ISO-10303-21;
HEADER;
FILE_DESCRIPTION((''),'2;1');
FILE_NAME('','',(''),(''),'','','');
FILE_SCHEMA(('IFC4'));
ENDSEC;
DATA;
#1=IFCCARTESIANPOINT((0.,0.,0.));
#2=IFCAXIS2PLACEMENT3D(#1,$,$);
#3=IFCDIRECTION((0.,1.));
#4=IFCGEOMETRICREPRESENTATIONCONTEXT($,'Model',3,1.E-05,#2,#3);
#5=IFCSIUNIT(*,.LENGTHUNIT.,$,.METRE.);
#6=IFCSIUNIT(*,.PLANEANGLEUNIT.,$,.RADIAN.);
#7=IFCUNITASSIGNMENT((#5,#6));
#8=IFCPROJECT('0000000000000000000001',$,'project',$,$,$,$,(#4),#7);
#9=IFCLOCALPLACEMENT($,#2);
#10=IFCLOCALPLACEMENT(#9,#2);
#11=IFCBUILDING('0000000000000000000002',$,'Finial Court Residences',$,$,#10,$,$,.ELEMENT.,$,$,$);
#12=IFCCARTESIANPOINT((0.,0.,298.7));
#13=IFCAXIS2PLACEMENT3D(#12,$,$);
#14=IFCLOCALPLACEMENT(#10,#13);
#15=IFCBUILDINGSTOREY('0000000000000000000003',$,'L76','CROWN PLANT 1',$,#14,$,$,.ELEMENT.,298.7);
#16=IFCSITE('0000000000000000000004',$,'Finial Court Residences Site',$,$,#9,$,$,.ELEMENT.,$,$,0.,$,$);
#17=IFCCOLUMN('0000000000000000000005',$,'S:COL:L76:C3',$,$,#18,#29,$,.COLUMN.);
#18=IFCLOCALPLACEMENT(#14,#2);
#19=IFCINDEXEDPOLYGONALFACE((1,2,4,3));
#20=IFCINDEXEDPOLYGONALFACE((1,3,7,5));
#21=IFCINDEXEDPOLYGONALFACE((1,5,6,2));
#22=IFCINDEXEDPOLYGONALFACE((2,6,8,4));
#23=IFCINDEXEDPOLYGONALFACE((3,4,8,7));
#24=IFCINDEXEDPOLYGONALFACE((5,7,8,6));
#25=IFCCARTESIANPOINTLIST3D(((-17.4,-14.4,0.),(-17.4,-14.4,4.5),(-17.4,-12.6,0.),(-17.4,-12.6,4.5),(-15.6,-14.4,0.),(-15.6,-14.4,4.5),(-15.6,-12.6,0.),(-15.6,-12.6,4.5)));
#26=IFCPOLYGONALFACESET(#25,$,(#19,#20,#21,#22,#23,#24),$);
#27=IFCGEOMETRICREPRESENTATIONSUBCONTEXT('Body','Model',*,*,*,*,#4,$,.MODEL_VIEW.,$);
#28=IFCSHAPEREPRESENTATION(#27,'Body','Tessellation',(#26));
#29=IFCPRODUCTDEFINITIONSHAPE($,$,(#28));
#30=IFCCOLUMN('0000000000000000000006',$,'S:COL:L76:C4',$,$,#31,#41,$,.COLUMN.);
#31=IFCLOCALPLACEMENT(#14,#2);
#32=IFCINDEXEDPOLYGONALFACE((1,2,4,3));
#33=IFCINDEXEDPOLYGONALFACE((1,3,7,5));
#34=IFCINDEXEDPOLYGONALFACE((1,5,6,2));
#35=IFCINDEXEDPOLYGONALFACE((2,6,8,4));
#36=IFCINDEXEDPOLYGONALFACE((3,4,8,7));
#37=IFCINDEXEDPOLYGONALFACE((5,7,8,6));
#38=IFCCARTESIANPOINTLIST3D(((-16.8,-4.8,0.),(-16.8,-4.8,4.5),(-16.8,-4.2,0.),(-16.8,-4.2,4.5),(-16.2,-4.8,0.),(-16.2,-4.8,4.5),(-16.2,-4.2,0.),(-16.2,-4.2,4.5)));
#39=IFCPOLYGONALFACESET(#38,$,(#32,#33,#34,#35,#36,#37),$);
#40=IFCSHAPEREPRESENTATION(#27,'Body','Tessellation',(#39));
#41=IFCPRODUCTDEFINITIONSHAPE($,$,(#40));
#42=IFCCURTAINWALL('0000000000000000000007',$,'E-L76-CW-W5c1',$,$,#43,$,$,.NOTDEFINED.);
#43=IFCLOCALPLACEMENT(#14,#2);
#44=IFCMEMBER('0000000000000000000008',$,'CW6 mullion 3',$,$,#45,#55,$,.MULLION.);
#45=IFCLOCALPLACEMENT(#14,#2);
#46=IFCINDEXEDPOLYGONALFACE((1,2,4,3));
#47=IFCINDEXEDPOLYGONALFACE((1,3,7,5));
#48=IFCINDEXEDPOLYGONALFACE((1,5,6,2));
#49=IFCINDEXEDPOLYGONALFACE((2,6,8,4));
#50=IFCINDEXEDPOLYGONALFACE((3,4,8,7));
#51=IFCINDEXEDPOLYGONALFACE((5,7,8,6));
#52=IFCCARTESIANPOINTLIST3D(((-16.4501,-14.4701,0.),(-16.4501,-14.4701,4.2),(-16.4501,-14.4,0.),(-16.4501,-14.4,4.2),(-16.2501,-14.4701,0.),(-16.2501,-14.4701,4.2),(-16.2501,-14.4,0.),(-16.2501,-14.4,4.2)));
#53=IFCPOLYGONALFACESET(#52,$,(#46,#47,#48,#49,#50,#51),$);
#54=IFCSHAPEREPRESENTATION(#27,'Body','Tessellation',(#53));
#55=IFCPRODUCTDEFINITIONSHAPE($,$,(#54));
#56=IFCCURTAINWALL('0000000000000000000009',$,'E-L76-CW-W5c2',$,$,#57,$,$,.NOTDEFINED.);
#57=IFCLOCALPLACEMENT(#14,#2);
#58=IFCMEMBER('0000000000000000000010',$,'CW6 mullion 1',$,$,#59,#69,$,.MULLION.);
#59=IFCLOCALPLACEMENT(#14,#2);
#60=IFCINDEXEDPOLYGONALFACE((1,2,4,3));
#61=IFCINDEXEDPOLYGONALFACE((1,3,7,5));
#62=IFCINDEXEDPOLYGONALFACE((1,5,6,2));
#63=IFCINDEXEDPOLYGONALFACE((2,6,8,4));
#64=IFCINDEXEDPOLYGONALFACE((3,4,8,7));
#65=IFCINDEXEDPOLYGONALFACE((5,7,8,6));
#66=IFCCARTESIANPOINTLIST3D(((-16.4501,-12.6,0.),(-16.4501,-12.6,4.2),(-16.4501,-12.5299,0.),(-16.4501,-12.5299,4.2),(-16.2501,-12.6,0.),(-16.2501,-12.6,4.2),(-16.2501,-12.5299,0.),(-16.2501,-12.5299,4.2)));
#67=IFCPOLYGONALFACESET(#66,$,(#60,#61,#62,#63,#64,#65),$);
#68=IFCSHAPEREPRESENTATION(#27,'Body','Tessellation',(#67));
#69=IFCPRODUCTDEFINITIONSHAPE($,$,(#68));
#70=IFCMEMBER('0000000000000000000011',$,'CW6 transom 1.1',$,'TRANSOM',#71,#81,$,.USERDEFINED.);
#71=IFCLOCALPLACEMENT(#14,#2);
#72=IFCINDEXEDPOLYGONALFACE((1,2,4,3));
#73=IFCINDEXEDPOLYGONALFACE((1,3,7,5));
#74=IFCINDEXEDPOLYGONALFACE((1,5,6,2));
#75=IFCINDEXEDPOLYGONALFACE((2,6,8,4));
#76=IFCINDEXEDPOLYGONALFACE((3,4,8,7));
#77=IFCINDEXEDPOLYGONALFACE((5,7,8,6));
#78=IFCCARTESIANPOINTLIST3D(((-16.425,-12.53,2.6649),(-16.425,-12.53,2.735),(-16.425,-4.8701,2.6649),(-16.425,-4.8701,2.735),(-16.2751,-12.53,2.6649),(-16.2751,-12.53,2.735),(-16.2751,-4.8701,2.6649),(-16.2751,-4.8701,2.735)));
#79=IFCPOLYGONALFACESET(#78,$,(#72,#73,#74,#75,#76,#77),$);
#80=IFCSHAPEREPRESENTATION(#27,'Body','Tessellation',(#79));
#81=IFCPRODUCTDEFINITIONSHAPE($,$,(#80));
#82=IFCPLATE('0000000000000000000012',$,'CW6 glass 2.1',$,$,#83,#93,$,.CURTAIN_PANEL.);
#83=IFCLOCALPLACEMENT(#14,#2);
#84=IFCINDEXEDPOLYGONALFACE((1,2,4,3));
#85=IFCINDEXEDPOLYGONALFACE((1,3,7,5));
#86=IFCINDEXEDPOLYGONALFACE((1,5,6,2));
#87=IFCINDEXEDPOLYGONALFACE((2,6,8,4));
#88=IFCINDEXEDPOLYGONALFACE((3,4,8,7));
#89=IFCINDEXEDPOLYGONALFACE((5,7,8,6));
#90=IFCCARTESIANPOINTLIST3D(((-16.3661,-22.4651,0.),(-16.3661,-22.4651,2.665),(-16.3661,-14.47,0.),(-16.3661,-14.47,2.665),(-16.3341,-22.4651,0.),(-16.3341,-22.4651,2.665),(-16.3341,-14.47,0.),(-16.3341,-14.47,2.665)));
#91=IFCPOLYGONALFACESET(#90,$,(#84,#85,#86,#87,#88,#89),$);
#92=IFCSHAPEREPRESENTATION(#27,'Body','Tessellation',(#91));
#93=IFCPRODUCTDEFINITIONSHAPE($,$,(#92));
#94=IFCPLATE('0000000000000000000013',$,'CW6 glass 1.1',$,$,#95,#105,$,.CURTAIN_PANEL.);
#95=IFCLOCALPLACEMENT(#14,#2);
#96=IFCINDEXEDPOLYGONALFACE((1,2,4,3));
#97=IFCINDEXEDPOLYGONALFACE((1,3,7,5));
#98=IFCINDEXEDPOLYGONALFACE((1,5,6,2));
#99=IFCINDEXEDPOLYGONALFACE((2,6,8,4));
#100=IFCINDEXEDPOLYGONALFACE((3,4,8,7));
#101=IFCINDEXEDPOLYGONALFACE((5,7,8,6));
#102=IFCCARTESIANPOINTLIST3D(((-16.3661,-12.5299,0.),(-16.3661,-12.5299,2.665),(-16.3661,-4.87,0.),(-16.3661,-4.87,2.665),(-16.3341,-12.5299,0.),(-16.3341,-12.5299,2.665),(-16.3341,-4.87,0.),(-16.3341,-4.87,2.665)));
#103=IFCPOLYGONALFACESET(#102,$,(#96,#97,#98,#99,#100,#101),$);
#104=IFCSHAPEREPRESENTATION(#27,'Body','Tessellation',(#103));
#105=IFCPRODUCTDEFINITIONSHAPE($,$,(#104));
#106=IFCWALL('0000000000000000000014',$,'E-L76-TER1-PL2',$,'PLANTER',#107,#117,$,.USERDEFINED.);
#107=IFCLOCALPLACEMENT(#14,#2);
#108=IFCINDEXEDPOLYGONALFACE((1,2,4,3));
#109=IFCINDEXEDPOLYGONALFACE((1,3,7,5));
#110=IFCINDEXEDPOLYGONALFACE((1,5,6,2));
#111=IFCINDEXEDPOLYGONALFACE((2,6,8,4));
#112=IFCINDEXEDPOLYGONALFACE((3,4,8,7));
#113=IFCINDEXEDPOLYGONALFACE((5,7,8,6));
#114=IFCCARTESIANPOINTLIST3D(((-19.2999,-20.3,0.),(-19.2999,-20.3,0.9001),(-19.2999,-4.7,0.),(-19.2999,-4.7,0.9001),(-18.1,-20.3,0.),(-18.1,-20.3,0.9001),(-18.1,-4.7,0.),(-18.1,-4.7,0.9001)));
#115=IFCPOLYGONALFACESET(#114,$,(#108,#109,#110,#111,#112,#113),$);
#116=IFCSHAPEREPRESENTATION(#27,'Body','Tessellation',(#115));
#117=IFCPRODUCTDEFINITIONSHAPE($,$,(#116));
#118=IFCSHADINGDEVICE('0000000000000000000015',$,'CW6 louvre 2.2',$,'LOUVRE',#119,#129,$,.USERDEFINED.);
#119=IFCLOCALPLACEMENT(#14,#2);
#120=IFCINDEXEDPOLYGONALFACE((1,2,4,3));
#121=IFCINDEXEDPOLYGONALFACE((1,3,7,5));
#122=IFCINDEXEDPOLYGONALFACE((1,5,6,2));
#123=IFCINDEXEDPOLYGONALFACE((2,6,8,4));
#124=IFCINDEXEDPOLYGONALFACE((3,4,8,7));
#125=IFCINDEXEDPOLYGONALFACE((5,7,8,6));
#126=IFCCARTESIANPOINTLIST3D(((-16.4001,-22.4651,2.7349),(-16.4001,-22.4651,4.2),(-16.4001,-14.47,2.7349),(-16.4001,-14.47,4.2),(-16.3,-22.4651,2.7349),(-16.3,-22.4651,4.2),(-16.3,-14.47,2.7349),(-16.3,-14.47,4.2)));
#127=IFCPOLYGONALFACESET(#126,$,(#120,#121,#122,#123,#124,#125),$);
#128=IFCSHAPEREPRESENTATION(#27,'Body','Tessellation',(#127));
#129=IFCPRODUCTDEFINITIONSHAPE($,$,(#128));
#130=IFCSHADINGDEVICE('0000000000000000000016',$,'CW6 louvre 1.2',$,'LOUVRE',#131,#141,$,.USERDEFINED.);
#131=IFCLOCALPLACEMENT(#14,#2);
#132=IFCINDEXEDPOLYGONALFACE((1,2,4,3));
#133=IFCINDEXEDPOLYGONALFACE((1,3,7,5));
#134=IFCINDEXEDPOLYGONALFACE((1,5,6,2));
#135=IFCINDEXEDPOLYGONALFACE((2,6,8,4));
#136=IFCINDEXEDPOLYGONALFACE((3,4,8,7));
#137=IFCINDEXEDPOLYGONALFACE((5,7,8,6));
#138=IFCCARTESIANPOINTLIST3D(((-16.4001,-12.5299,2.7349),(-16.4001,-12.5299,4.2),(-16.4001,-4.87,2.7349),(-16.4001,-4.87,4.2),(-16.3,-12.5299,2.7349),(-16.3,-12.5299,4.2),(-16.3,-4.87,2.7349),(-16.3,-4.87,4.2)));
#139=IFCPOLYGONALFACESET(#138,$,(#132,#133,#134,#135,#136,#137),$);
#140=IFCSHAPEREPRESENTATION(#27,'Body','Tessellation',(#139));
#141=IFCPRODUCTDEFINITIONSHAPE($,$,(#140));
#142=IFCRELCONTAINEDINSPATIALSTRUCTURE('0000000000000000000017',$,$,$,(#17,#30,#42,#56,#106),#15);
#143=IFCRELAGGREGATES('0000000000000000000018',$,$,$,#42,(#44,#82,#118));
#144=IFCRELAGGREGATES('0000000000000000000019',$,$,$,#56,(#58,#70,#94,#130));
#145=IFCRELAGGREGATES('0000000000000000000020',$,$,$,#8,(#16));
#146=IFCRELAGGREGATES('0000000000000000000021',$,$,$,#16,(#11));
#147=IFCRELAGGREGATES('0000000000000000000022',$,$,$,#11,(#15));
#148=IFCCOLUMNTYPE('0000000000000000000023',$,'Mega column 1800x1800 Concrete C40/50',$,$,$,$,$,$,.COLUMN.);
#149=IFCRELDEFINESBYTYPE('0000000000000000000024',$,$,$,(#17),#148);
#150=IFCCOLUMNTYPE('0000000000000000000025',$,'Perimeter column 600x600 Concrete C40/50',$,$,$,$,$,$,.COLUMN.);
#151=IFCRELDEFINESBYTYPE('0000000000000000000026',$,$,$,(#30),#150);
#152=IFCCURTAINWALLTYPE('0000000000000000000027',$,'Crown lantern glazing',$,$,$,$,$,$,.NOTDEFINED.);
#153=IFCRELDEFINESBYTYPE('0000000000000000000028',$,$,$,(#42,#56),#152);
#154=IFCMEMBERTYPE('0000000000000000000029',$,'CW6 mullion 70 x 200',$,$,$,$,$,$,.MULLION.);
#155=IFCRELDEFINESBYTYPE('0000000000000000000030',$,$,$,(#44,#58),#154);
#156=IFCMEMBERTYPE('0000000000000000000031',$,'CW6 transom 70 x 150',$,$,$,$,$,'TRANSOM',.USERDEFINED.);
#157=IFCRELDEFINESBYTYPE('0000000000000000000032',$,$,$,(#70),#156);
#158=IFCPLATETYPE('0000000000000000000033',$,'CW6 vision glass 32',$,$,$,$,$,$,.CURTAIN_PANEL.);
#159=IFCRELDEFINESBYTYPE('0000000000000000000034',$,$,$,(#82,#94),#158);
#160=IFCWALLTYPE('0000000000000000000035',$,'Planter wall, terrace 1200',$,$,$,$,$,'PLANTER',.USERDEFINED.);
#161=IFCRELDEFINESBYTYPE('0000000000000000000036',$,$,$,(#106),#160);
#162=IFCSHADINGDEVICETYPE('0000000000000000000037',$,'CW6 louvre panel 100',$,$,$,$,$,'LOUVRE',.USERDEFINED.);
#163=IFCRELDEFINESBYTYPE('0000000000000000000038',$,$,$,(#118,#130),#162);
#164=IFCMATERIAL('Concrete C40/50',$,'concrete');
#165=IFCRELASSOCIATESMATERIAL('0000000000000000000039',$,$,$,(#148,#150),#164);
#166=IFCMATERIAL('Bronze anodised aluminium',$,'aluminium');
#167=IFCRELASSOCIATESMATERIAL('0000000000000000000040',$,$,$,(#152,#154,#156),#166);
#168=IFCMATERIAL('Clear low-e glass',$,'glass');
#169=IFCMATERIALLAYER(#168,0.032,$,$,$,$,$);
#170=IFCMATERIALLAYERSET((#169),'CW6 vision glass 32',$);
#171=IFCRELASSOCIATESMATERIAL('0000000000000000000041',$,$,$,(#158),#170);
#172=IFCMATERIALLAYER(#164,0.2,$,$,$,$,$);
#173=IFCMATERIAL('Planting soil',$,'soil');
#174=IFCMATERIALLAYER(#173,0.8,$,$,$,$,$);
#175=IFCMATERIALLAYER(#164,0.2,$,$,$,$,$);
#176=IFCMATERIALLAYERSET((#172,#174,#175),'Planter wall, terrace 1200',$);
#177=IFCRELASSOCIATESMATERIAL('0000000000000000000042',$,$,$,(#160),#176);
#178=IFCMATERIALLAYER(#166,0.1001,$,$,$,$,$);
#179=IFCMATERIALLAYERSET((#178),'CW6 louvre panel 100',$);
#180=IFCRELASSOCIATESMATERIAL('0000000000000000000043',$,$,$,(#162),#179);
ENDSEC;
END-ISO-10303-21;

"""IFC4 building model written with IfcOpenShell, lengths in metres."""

from ifc_helpers import new_model, si_unit, direction, frame, frame_2d, origin, origin_2d, place, context, subcontext, project, spatial, rectangle, extrude, material, layer, layer_set, material_profile, profile_set, type_object, element, aggregate, save


model = new_model("IFC4")

# Units and contexts
model_context = context("Model", 3, precision=1e-05, world=origin(), true_north=direction((0.0, 1.0)))
body_context = subcontext(model_context, "Body", "Model", "MODEL_VIEW")
ifc_project = project(units=[si_unit("LENGTHUNIT", "METRE"), si_unit("PLANEANGLEUNIT", "RADIAN")], contexts=[model_context])

# Site, building, storey
site_placement = place(None, origin())
site = spatial("IfcSite", under=ifc_project, at=site_placement, Name="Finial Court Residences Site", CompositionType="ELEMENT", RefElevation=0.0)
building_placement = place(site_placement, origin())
building = spatial("IfcBuilding", under=site, at=building_placement, Name="Finial Court Residences", CompositionType="ELEMENT")
storey_placement = place(building_placement, frame((0.0, 0.0, 298.7)))
storey = spatial("IfcBuildingStorey", under=building, at=storey_placement, Name="L76", Description="CROWN PLANT 1", CompositionType="ELEMENT", Elevation=298.7)

# Columns
ifc_material_1 = material(Name="Concrete C40/50", Category="concrete")
ifc_material_profile_1 = material_profile(ifc_material_1, rectangle(XDim=1.8, YDim=1.8, at=origin_2d()), Name="1800x1800")
ifc_profile_set_1 = profile_set([ifc_material_profile_1], Name="Concrete C40/50")
column_type_1 = type_object("IfcColumnType", Name="Mega column 1800x1800 Concrete C40/50", PredefinedType="COLUMN", material=ifc_profile_set_1)
column_1_placement = place(storey_placement, frame((-16.5, -13.5, 0.0), z_axis=(0.0, 0.0, 1.0), x_axis=(1.0, 0.0, 0.0)))
element("IfcColumn", 1, at=column_1_placement, inside=storey, type_object=column_type_1, Name="S:COL:L76:C3", PredefinedType="COLUMN", context=body_context, shape_type="SweptSolid", body=[
    extrude(rectangle(XDim=1.8, YDim=1.8, at=origin_2d()), origin(), (0.0, 0.0, 1.0), 4.5),
])
ifc_material_profile_2 = material_profile(ifc_material_1, rectangle(XDim=0.6001, YDim=0.6001, at=origin_2d()), Name="600x600")
ifc_profile_set_2 = profile_set([ifc_material_profile_2], Name="Concrete C40/50")
column_type_2 = type_object("IfcColumnType", Name="Perimeter column 600x600 Concrete C40/50", PredefinedType="COLUMN", material=ifc_profile_set_2)
column_2_placement = place(storey_placement, frame((-16.5, -4.5, 0.0), z_axis=(0.0, 0.0, 1.0), x_axis=(1.0, 0.0, 0.0)))
element("IfcColumn", 2, at=column_2_placement, inside=storey, type_object=column_type_2, Name="S:COL:L76:C4", PredefinedType="COLUMN", context=body_context, shape_type="SweptSolid", body=[
    extrude(rectangle(XDim=0.6001, YDim=0.6001, at=origin_2d()), origin(), (0.0, 0.0, 1.0), 4.5),
])

# Curtain wall, member
ifc_material_2 = material(Name="Bronze anodised aluminium", Category="aluminium")
curtain_wall_type = type_object("IfcCurtainWallType", Name="Crown lantern glazing", PredefinedType="NOTDEFINED", material=ifc_material_2)
curtain_wall_1_placement = place(storey_placement, origin())
curtain_wall_1 = element("IfcCurtainWall", 3, at=curtain_wall_1_placement, inside=storey, type_object=curtain_wall_type, Name="E-L76-CW-W5c1", PredefinedType="NOTDEFINED")
ifc_material_profile_3 = material_profile(ifc_material_2, rectangle(XDim=0.2, YDim=0.0701, at=origin_2d()), Name="CW6 mullion 70 x 200")
ifc_profile_set_3 = profile_set([ifc_material_profile_3], Name="Bronze anodised aluminium")
member_type_1 = type_object("IfcMemberType", Name="CW6 mullion 70 x 200", PredefinedType="MULLION", material=ifc_profile_set_3)
member_1_placement = place(storey_placement, frame((-16.3501, -14.4351, 0.0), z_axis=(0.0, 0.0, 1.0), x_axis=(-1.0, 0.0, 0.0)))
member_1 = element("IfcMember", 4, at=member_1_placement, type_object=member_type_1, Name="CW6 mullion 3", PredefinedType="MULLION", context=body_context, shape_type="SweptSolid", body=[
    extrude(rectangle(XDim=0.2, YDim=0.0701, at=origin_2d()), origin(), (0.0, 0.0, 1.0), 4.2),
])

# Curtain wall, members
curtain_wall_2_placement = place(storey_placement, origin())
curtain_wall_2 = element("IfcCurtainWall", 5, at=curtain_wall_2_placement, inside=storey, type_object=curtain_wall_type, Name="E-L76-CW-W5c2", PredefinedType="NOTDEFINED")
member_2_placement = place(storey_placement, frame((-16.3501, -12.5649, 0.0), z_axis=(0.0, 0.0, 1.0), x_axis=(-1.0, 0.0, 0.0)))
member_2 = element("IfcMember", 6, at=member_2_placement, type_object=member_type_1, Name="CW6 mullion 1", PredefinedType="MULLION", context=body_context, shape_type="SweptSolid", body=[
    extrude(rectangle(XDim=0.2, YDim=0.0701, at=origin_2d()), origin(), (0.0, 0.0, 1.0), 4.2),
])
ifc_material_profile_4 = material_profile(ifc_material_2, rectangle(XDim=0.1499, YDim=0.0701, at=origin_2d()), Name="CW6 transom 70 x 150")
ifc_profile_set_4 = profile_set([ifc_material_profile_4], Name="Bronze anodised aluminium")
member_type_2 = type_object("IfcMemberType", Name="CW6 transom 70 x 150", ElementType="TRANSOM", PredefinedType="USERDEFINED", material=ifc_profile_set_4)
member_3_placement = place(storey_placement, frame((-16.3501, -12.53, 2.7), z_axis=(0.0, 1.0, 0.0), x_axis=(-1.0, 0.0, 0.0)))
member_3 = element("IfcMember", 7, at=member_3_placement, type_object=member_type_2, Name="CW6 transom 1.1", ObjectType="TRANSOM", PredefinedType="USERDEFINED", context=body_context, shape_type="SweptSolid", body=[
    extrude(rectangle(XDim=0.1499, YDim=0.0701, at=origin_2d()), origin(), (0.0, 0.0, 1.0), 7.6599),
])

# Plates
ifc_material_3 = material(Name="Clear low-e glass", Category="glass")
ifc_layer_1 = layer(ifc_material_3, 0.032)
ifc_layer_set_1 = layer_set([ifc_layer_1], Name="CW6 vision glass 32")
plate_type = type_object("IfcPlateType", Name="CW6 vision glass 32", PredefinedType="CURTAIN_PANEL", material=ifc_layer_set_1)
plate_1_placement = place(storey_placement, frame((-16.3501, -18.4675, 0.0), z_axis=(0.0, 0.0, 1.0), x_axis=(0.0, 1.0, 0.0)))
plate_1 = element("IfcPlate", 8, at=plate_1_placement, type_object=plate_type, Name="CW6 glass 2.1", PredefinedType="CURTAIN_PANEL", context=body_context, shape_type="SweptSolid", body=[
    extrude(rectangle(XDim=7.9951, YDim=0.032, at=origin_2d()), origin(), (0.0, 0.0, 1.0), 2.665),
])
plate_2_placement = place(storey_placement, frame((-16.3501, -8.7, 0.0), z_axis=(0.0, 0.0, 1.0), x_axis=(0.0, 1.0, 0.0)))
plate_2 = element("IfcPlate", 9, at=plate_2_placement, type_object=plate_type, Name="CW6 glass 1.1", PredefinedType="CURTAIN_PANEL", context=body_context, shape_type="SweptSolid", body=[
    extrude(rectangle(XDim=7.6599, YDim=0.032, at=origin_2d()), origin(), (0.0, 0.0, 1.0), 2.665),
])

# Wall
ifc_layer_2 = layer(ifc_material_1, 0.2)
ifc_material_4 = material(Name="Planting soil", Category="soil")
ifc_layer_3 = layer(ifc_material_4, 0.8)
ifc_layer_4 = layer(ifc_material_1, 0.2)
ifc_layer_set_2 = layer_set([ifc_layer_2, ifc_layer_3, ifc_layer_4], Name="Planter wall, terrace 1200")
wall_type = type_object("IfcWallType", Name="Planter wall, terrace 1200", ElementType="PLANTER", PredefinedType="USERDEFINED", material=ifc_layer_set_2)
wall_placement = place(storey_placement, frame((-18.7, -20.3, 0.0), z_axis=(0.0, 0.0, 1.0), x_axis=(0.0, 1.0, 0.0)))
element("IfcWall", 10, at=wall_placement, inside=storey, type_object=wall_type, Name="E-L76-TER1-PL2", ObjectType="PLANTER", PredefinedType="USERDEFINED", context=body_context, shape_type="SweptSolid", body=[
    extrude(rectangle(XDim=15.6001, YDim=1.2, at=frame_2d((7.8, 0.0))), origin(), (0.0, 0.0, 1.0), 0.9001),
])

# Shading devices
ifc_layer_5 = layer(ifc_material_2, 0.1001)
ifc_layer_set_3 = layer_set([ifc_layer_5], Name="CW6 louvre panel 100")
shading_device_type = type_object("IfcShadingDeviceType", Name="CW6 louvre panel 100", ElementType="LOUVRE", PredefinedType="USERDEFINED", material=ifc_layer_set_3)
shading_device_1_placement = place(storey_placement, frame((-16.3501, -18.4675, 2.7349), z_axis=(0.0, 0.0, 1.0), x_axis=(0.0, 1.0, 0.0)))
shading_device_1 = element("IfcShadingDevice", 11, at=shading_device_1_placement, type_object=shading_device_type, Name="CW6 louvre 2.2", ObjectType="LOUVRE", PredefinedType="USERDEFINED", context=body_context, shape_type="SweptSolid", body=[
    extrude(rectangle(XDim=7.9951, YDim=0.1001, at=origin_2d()), origin(), (0.0, 0.0, 1.0), 1.4651),
])
aggregate(curtain_wall_1, [member_1, plate_1, shading_device_1])
shading_device_2_placement = place(storey_placement, frame((-16.3501, -8.7, 2.7349), z_axis=(0.0, 0.0, 1.0), x_axis=(0.0, 1.0, 0.0)))
shading_device_2 = element("IfcShadingDevice", 12, at=shading_device_2_placement, type_object=shading_device_type, Name="CW6 louvre 1.2", ObjectType="LOUVRE", PredefinedType="USERDEFINED", context=body_context, shape_type="SweptSolid", body=[
    extrude(rectangle(XDim=7.6599, YDim=0.1001, at=origin_2d()), origin(), (0.0, 0.0, 1.0), 1.4651),
])
aggregate(curtain_wall_2, [member_2, member_3, plate_2, shading_device_2])

save(model, "model.ifc")
